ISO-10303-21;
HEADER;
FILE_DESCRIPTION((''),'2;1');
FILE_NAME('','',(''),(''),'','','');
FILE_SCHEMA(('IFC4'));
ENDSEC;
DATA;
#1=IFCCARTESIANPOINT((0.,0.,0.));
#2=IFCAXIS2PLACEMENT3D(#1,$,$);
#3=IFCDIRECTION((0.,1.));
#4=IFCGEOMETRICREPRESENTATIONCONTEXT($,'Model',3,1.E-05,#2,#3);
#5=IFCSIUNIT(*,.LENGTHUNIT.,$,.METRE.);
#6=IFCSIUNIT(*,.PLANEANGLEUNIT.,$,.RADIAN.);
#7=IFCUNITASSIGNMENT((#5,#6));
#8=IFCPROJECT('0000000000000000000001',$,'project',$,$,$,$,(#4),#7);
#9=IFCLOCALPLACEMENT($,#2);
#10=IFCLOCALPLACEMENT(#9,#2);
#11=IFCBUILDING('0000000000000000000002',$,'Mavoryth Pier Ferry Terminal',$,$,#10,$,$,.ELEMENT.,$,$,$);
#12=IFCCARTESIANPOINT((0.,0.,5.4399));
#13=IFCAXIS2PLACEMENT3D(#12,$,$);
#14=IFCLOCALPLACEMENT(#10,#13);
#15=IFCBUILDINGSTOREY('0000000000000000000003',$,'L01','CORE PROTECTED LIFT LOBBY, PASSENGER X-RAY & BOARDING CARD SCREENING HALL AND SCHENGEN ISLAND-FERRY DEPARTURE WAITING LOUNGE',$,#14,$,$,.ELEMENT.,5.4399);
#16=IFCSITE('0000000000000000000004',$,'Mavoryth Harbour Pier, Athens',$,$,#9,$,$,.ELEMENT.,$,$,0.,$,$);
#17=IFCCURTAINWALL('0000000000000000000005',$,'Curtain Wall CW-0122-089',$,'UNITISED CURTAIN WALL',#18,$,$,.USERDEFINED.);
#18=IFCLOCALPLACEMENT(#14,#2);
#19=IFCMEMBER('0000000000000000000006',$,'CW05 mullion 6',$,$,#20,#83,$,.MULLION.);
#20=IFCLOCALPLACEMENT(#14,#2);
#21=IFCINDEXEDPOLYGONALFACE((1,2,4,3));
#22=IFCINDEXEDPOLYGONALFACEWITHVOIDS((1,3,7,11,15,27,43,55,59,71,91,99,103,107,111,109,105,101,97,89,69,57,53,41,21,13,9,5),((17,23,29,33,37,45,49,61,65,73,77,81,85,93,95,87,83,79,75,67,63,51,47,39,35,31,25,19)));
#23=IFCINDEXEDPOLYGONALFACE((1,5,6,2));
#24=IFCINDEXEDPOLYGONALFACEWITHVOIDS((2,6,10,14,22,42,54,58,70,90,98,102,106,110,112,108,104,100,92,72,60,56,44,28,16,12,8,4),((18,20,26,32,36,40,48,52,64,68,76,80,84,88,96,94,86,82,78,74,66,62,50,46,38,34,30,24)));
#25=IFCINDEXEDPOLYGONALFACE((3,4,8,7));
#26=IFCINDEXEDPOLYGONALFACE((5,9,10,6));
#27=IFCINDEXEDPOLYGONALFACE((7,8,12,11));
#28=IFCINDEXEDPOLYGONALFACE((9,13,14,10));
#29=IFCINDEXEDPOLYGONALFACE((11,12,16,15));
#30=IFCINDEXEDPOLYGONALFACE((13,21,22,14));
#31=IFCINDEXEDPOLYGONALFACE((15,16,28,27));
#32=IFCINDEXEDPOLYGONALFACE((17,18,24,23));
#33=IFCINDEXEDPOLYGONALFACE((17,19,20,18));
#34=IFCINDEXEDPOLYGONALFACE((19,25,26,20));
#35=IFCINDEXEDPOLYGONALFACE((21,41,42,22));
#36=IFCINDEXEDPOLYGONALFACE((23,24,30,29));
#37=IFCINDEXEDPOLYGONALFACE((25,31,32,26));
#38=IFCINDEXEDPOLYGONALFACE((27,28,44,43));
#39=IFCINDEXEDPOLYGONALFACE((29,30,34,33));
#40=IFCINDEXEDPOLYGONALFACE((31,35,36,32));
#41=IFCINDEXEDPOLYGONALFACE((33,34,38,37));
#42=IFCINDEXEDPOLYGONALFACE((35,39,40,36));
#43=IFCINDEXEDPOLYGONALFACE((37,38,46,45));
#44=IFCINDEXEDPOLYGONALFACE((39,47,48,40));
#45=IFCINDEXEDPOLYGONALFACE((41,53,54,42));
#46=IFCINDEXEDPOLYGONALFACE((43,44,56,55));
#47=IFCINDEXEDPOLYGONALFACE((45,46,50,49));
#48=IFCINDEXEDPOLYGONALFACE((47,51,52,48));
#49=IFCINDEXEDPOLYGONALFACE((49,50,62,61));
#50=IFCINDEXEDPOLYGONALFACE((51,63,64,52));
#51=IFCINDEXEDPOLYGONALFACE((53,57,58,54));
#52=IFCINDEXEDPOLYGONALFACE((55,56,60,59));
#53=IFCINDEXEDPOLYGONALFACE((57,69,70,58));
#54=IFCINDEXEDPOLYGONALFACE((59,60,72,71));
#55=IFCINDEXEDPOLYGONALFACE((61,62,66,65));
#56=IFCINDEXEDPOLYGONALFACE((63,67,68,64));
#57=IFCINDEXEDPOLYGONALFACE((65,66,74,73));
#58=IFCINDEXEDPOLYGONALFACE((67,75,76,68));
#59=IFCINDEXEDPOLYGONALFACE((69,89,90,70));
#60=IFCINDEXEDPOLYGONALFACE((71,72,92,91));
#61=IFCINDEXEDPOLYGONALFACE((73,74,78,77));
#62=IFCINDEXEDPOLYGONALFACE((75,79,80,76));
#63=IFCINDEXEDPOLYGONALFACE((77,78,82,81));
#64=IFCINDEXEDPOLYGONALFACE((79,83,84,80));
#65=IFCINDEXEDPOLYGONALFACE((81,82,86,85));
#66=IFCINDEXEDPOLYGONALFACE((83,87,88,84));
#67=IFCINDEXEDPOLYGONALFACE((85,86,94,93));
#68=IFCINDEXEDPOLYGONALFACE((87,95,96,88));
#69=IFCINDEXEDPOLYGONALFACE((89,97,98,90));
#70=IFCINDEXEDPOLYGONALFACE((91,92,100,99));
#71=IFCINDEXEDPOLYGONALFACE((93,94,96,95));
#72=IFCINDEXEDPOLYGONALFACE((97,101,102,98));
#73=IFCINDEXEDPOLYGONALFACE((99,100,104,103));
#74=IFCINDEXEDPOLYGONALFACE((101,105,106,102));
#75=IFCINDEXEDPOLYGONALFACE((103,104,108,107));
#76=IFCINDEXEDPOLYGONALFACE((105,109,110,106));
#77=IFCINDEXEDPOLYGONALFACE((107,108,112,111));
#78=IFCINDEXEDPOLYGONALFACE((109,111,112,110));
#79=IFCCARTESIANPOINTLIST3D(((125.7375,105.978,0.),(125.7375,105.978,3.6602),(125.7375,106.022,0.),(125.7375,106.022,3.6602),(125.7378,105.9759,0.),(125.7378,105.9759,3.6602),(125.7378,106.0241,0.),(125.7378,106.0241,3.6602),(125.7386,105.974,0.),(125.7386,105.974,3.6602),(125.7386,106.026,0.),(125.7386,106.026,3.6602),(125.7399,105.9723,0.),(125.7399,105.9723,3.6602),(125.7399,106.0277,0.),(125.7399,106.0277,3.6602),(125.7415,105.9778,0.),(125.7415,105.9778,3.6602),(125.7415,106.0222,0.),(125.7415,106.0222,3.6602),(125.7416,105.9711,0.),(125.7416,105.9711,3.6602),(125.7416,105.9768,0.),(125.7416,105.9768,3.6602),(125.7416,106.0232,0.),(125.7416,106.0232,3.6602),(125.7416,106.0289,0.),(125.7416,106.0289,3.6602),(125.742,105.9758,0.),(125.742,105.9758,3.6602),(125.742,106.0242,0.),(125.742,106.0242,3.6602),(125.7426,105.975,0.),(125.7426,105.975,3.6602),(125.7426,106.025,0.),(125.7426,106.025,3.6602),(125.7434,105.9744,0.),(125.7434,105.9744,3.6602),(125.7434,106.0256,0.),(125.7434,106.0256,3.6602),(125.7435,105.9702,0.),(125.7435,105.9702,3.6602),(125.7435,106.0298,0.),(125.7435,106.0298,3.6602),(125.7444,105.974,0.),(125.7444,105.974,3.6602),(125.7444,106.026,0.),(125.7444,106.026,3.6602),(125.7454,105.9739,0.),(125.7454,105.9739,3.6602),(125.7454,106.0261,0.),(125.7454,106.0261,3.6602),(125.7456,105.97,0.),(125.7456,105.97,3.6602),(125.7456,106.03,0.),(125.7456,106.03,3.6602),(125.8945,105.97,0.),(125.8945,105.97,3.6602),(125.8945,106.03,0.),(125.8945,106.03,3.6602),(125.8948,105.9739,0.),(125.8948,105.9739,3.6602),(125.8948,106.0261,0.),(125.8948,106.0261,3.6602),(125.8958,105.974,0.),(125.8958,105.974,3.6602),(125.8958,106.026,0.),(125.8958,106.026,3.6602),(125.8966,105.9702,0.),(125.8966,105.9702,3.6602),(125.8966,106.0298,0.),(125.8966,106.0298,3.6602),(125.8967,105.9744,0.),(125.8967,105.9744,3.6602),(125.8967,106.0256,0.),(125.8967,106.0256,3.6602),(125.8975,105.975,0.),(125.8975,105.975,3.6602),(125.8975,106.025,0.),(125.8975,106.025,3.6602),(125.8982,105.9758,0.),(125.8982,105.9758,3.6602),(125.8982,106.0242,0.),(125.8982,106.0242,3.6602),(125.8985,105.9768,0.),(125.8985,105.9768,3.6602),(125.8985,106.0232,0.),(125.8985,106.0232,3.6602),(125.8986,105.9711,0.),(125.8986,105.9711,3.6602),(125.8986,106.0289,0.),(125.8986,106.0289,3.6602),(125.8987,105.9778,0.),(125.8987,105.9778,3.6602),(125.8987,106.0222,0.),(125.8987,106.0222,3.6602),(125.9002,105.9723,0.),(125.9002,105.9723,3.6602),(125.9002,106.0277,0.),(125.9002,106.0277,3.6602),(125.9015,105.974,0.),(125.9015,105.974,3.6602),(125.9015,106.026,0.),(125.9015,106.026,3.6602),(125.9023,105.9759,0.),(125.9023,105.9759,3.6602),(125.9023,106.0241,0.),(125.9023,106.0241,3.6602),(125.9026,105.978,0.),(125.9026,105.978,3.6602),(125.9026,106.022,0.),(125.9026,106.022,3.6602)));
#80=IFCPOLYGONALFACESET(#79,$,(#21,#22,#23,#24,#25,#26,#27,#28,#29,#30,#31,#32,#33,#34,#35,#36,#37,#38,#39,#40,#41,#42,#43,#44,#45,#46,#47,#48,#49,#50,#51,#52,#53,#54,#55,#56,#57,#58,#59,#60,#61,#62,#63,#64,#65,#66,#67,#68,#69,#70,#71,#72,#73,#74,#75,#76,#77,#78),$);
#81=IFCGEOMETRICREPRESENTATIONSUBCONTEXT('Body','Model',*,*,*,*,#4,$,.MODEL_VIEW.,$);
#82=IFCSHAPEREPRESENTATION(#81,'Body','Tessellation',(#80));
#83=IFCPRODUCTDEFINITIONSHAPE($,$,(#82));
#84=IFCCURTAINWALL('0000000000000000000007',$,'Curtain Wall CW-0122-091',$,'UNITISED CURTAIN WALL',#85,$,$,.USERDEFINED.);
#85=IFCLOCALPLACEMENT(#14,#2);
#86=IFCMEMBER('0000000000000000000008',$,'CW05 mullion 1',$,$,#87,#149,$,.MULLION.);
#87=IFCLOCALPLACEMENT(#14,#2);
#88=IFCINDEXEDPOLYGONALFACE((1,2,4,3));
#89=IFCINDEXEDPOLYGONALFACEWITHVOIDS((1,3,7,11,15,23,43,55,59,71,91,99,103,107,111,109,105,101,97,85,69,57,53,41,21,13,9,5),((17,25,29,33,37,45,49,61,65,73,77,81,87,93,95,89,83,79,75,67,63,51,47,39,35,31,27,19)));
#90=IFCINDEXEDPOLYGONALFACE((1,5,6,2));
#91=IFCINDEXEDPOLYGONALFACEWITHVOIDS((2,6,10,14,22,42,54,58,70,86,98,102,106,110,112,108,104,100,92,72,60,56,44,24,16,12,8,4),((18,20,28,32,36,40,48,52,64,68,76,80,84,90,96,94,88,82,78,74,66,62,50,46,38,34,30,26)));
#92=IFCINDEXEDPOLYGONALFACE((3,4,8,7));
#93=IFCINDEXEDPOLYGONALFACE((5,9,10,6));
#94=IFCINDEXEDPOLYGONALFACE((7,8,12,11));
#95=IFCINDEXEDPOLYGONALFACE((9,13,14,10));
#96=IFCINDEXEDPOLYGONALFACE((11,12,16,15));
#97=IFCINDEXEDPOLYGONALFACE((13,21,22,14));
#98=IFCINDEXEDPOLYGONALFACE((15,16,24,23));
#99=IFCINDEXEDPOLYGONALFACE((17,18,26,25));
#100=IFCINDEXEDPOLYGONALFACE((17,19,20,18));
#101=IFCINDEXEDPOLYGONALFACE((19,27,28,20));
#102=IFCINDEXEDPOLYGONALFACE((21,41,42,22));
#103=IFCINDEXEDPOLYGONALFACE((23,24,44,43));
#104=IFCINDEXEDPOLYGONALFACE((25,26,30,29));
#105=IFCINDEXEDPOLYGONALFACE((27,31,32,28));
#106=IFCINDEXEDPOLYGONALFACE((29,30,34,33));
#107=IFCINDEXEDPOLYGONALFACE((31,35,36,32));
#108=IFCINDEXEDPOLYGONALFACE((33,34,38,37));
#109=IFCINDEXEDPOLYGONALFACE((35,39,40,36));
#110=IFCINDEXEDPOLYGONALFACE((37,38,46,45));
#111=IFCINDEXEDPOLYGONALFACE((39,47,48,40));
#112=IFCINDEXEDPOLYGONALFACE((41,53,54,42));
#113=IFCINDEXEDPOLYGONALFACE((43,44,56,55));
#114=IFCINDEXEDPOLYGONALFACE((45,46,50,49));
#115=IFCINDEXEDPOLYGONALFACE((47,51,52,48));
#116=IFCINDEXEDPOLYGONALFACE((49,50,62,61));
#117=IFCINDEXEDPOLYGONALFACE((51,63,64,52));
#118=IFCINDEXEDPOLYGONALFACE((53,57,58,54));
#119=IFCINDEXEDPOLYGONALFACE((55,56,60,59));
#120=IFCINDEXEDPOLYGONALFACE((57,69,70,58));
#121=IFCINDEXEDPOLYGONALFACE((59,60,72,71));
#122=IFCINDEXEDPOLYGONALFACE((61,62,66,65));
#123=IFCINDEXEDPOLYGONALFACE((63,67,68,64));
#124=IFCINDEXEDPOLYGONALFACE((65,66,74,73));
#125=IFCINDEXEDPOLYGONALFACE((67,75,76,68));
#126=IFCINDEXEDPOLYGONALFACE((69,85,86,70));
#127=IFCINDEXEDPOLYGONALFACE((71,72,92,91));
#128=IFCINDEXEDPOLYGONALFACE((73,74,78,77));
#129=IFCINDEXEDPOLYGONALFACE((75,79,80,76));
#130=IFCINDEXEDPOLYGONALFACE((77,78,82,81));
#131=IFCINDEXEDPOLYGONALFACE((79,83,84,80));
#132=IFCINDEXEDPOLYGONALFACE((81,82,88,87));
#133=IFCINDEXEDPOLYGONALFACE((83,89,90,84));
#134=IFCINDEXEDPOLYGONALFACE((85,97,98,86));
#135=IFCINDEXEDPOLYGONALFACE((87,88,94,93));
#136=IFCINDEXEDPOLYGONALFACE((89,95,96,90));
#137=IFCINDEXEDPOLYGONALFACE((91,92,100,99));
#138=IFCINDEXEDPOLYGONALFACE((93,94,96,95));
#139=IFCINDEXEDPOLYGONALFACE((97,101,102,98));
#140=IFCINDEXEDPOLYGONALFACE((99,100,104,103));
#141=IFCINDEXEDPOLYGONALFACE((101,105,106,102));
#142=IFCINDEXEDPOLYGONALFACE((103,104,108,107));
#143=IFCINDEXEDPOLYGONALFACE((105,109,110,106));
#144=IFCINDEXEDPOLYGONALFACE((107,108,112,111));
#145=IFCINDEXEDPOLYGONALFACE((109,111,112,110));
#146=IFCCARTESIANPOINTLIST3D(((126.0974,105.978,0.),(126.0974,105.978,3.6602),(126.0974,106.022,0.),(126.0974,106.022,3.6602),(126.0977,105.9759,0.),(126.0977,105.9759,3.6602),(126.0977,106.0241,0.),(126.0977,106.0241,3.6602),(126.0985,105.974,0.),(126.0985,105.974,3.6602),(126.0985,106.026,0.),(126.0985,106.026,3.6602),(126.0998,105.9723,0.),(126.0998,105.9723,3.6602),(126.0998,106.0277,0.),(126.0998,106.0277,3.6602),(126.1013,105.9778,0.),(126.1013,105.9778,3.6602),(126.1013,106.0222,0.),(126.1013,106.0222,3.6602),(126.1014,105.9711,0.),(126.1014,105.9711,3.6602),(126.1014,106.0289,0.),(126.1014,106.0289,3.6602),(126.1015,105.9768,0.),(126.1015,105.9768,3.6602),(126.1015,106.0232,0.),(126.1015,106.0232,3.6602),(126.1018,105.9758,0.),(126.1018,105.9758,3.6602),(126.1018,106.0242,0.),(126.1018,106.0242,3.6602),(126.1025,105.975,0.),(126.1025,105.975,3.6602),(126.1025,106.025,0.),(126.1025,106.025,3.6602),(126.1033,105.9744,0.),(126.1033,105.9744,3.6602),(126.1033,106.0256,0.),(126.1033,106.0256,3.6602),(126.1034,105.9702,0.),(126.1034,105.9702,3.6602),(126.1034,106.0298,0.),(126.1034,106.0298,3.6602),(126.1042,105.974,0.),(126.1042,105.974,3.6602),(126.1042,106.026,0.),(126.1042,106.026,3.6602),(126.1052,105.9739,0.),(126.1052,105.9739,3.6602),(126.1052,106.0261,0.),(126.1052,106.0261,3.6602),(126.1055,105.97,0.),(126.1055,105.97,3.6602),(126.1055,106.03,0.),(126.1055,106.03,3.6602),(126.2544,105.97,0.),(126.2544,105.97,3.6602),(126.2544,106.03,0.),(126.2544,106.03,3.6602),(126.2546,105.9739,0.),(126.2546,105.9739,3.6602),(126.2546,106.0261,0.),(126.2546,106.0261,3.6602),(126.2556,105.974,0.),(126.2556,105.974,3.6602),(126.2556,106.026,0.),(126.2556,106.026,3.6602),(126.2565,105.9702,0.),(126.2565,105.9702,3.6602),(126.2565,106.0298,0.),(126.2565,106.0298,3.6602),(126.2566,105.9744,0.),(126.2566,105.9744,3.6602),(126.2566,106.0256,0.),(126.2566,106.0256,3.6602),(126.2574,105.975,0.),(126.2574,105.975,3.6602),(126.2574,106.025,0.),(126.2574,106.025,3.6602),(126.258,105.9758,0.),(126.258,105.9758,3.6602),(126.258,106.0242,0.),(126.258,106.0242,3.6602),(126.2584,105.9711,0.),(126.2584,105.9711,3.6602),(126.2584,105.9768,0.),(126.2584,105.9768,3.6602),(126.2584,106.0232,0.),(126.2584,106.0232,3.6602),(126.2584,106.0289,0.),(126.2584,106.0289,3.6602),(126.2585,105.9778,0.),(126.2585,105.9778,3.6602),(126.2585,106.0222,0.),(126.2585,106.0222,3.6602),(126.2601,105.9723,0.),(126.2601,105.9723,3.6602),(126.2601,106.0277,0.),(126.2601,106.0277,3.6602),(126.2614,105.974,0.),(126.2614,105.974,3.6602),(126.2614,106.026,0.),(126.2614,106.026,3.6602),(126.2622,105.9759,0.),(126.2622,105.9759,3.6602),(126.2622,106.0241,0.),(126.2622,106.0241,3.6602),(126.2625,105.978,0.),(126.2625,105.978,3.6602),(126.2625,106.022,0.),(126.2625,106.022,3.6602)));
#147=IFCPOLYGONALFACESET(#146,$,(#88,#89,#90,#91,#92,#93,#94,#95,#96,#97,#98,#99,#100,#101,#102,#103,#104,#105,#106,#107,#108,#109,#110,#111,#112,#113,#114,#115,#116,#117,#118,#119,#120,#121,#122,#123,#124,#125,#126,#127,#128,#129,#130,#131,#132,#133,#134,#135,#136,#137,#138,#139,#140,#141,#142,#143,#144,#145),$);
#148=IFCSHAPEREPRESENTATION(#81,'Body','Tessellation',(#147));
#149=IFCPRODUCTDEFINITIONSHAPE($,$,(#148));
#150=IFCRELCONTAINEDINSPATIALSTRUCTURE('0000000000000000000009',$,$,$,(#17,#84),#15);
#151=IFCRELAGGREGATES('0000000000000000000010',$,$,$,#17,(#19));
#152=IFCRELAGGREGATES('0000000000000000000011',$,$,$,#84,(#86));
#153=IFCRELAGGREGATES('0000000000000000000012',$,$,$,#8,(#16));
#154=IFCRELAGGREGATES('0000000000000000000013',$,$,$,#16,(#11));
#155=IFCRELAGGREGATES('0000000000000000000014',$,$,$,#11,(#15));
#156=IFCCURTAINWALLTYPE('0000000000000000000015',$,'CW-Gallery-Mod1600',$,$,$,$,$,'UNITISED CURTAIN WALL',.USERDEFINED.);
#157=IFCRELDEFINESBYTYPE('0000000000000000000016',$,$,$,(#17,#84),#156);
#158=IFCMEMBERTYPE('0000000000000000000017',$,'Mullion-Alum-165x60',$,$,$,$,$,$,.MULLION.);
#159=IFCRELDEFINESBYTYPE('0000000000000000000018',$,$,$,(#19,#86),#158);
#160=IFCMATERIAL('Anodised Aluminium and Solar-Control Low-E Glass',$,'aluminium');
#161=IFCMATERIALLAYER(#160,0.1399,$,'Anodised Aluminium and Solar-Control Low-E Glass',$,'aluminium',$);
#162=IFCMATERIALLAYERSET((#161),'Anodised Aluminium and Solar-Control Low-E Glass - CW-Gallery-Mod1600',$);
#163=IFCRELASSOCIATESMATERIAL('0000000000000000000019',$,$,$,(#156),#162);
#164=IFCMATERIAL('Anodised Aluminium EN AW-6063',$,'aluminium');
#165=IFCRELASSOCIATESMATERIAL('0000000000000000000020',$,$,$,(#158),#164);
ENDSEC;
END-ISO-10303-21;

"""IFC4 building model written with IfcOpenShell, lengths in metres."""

from ifc_helpers import new_model, si_unit, direction, frame, origin, origin_2d, place, context, subcontext, project, spatial, hollow_rectangle, extrude, material, layer, layer_set, material_profile, profile_set, type_object, element, aggregate, save


model = new_model("IFC4")

# Units and contexts
model_context = context("Model", 3, precision=1e-05, world=origin(), true_north=direction((0.0, 1.0)))
body_context = subcontext(model_context, "Body", "Model", "MODEL_VIEW")
ifc_project = project(units=[si_unit("LENGTHUNIT", "METRE"), si_unit("PLANEANGLEUNIT", "RADIAN")], contexts=[model_context])

# Site, building, storey
site_placement = place(None, origin())
site = spatial("IfcSite", under=ifc_project, at=site_placement, Name="Mavoryth Harbour Pier, Athens", CompositionType="ELEMENT", RefElevation=0.0)
building_placement = place(site_placement, origin())
building = spatial("IfcBuilding", under=site, at=building_placement, Name="Mavoryth Pier Ferry Terminal", CompositionType="ELEMENT")
storey_placement = place(building_placement, frame((0.0, 0.0, 5.4399)))
storey = spatial("IfcBuildingStorey", under=building, at=storey_placement, Name="L01", Description="CORE PROTECTED LIFT LOBBY, PASSENGER X-RAY & BOARDING CARD SCREENING HALL AND SCHENGEN ISLAND-FERRY DEPARTURE WAITING LOUNGE", CompositionType="ELEMENT", Elevation=5.4399)

# Curtain wall, member
ifc_material_1 = material(Name="Anodised Aluminium and Solar-Control Low-E Glass", Category="aluminium")
ifc_layer_1 = layer(ifc_material_1, 0.1399, Name="Anodised Aluminium and Solar-Control Low-E Glass", Category="aluminium")
ifc_layer_set_1 = layer_set([ifc_layer_1], Name="Anodised Aluminium and Solar-Control Low-E Glass - CW-Gallery-Mod1600")
curtain_wall_type = type_object("IfcCurtainWallType", Name="CW-Gallery-Mod1600", ElementType="UNITISED CURTAIN WALL", PredefinedType="USERDEFINED", material=ifc_layer_set_1)
curtain_wall_1_placement = place(storey_placement, origin())
curtain_wall_1 = element("IfcCurtainWall", 1, at=curtain_wall_1_placement, inside=storey, type_object=curtain_wall_type, Name="Curtain Wall CW-0122-089", ObjectType="UNITISED CURTAIN WALL", PredefinedType="USERDEFINED")
ifc_material_2 = material(Name="Anodised Aluminium EN AW-6063", Category="aluminium")
ifc_material_profile_1 = material_profile(ifc_material_2, hollow_rectangle(XDim=0.0601, YDim=0.165, WallThickness=0.0039, InnerFilletRadius=0.0039, OuterFilletRadius=0.0081, at=origin_2d()), Name="AL-MULL 165x60x4", Category="aluminium")
ifc_profile_set_1 = profile_set([ifc_material_profile_1], Name="Anodised Aluminium EN AW-6063 - AL-MULL 165x60x4")
member_type_1 = type_object("IfcMemberType", Name="Mullion-Alum-165x60", PredefinedType="MULLION", material=ifc_profile_set_1)
member_1_placement = place(storey_placement, frame((125.8201, 106.0, 0.0), z_axis=(0.0, 0.0, 1.0), x_axis=(0.0, 1.0, 0.0)))
member_1 = element("IfcMember", 2, at=member_1_placement, type_object=member_type_1, Name="CW05 mullion 6", PredefinedType="MULLION", context=body_context, shape_type="SweptSolid", body=[
    extrude(hollow_rectangle(XDim=0.0601, YDim=0.165, WallThickness=0.0039, InnerFilletRadius=0.0039, OuterFilletRadius=0.0081, at=origin_2d()), origin(), (0.0, 0.0, 1.0), 3.6602),
])
aggregate(curtain_wall_1, [member_1])

# Curtain wall, member
curtain_wall_2_placement = place(storey_placement, origin())
curtain_wall_2 = element("IfcCurtainWall", 3, at=curtain_wall_2_placement, inside=storey, type_object=curtain_wall_type, Name="Curtain Wall CW-0122-091", ObjectType="UNITISED CURTAIN WALL", PredefinedType="USERDEFINED")
member_2_placement = place(storey_placement, frame((126.1799, 106.0, 0.0), z_axis=(0.0, 0.0, 1.0), x_axis=(0.0, 1.0, 0.0)))
member_2 = element("IfcMember", 4, at=member_2_placement, type_object=member_type_1, Name="CW05 mullion 1", PredefinedType="MULLION", context=body_context, shape_type="SweptSolid", body=[
    extrude(hollow_rectangle(XDim=0.0601, YDim=0.165, WallThickness=0.0039, InnerFilletRadius=0.0039, OuterFilletRadius=0.0081, at=origin_2d()), origin(), (0.0, 0.0, 1.0), 3.6602),
])

aggregate(curtain_wall_2, [member_2])

save(model, "model.ifc")
